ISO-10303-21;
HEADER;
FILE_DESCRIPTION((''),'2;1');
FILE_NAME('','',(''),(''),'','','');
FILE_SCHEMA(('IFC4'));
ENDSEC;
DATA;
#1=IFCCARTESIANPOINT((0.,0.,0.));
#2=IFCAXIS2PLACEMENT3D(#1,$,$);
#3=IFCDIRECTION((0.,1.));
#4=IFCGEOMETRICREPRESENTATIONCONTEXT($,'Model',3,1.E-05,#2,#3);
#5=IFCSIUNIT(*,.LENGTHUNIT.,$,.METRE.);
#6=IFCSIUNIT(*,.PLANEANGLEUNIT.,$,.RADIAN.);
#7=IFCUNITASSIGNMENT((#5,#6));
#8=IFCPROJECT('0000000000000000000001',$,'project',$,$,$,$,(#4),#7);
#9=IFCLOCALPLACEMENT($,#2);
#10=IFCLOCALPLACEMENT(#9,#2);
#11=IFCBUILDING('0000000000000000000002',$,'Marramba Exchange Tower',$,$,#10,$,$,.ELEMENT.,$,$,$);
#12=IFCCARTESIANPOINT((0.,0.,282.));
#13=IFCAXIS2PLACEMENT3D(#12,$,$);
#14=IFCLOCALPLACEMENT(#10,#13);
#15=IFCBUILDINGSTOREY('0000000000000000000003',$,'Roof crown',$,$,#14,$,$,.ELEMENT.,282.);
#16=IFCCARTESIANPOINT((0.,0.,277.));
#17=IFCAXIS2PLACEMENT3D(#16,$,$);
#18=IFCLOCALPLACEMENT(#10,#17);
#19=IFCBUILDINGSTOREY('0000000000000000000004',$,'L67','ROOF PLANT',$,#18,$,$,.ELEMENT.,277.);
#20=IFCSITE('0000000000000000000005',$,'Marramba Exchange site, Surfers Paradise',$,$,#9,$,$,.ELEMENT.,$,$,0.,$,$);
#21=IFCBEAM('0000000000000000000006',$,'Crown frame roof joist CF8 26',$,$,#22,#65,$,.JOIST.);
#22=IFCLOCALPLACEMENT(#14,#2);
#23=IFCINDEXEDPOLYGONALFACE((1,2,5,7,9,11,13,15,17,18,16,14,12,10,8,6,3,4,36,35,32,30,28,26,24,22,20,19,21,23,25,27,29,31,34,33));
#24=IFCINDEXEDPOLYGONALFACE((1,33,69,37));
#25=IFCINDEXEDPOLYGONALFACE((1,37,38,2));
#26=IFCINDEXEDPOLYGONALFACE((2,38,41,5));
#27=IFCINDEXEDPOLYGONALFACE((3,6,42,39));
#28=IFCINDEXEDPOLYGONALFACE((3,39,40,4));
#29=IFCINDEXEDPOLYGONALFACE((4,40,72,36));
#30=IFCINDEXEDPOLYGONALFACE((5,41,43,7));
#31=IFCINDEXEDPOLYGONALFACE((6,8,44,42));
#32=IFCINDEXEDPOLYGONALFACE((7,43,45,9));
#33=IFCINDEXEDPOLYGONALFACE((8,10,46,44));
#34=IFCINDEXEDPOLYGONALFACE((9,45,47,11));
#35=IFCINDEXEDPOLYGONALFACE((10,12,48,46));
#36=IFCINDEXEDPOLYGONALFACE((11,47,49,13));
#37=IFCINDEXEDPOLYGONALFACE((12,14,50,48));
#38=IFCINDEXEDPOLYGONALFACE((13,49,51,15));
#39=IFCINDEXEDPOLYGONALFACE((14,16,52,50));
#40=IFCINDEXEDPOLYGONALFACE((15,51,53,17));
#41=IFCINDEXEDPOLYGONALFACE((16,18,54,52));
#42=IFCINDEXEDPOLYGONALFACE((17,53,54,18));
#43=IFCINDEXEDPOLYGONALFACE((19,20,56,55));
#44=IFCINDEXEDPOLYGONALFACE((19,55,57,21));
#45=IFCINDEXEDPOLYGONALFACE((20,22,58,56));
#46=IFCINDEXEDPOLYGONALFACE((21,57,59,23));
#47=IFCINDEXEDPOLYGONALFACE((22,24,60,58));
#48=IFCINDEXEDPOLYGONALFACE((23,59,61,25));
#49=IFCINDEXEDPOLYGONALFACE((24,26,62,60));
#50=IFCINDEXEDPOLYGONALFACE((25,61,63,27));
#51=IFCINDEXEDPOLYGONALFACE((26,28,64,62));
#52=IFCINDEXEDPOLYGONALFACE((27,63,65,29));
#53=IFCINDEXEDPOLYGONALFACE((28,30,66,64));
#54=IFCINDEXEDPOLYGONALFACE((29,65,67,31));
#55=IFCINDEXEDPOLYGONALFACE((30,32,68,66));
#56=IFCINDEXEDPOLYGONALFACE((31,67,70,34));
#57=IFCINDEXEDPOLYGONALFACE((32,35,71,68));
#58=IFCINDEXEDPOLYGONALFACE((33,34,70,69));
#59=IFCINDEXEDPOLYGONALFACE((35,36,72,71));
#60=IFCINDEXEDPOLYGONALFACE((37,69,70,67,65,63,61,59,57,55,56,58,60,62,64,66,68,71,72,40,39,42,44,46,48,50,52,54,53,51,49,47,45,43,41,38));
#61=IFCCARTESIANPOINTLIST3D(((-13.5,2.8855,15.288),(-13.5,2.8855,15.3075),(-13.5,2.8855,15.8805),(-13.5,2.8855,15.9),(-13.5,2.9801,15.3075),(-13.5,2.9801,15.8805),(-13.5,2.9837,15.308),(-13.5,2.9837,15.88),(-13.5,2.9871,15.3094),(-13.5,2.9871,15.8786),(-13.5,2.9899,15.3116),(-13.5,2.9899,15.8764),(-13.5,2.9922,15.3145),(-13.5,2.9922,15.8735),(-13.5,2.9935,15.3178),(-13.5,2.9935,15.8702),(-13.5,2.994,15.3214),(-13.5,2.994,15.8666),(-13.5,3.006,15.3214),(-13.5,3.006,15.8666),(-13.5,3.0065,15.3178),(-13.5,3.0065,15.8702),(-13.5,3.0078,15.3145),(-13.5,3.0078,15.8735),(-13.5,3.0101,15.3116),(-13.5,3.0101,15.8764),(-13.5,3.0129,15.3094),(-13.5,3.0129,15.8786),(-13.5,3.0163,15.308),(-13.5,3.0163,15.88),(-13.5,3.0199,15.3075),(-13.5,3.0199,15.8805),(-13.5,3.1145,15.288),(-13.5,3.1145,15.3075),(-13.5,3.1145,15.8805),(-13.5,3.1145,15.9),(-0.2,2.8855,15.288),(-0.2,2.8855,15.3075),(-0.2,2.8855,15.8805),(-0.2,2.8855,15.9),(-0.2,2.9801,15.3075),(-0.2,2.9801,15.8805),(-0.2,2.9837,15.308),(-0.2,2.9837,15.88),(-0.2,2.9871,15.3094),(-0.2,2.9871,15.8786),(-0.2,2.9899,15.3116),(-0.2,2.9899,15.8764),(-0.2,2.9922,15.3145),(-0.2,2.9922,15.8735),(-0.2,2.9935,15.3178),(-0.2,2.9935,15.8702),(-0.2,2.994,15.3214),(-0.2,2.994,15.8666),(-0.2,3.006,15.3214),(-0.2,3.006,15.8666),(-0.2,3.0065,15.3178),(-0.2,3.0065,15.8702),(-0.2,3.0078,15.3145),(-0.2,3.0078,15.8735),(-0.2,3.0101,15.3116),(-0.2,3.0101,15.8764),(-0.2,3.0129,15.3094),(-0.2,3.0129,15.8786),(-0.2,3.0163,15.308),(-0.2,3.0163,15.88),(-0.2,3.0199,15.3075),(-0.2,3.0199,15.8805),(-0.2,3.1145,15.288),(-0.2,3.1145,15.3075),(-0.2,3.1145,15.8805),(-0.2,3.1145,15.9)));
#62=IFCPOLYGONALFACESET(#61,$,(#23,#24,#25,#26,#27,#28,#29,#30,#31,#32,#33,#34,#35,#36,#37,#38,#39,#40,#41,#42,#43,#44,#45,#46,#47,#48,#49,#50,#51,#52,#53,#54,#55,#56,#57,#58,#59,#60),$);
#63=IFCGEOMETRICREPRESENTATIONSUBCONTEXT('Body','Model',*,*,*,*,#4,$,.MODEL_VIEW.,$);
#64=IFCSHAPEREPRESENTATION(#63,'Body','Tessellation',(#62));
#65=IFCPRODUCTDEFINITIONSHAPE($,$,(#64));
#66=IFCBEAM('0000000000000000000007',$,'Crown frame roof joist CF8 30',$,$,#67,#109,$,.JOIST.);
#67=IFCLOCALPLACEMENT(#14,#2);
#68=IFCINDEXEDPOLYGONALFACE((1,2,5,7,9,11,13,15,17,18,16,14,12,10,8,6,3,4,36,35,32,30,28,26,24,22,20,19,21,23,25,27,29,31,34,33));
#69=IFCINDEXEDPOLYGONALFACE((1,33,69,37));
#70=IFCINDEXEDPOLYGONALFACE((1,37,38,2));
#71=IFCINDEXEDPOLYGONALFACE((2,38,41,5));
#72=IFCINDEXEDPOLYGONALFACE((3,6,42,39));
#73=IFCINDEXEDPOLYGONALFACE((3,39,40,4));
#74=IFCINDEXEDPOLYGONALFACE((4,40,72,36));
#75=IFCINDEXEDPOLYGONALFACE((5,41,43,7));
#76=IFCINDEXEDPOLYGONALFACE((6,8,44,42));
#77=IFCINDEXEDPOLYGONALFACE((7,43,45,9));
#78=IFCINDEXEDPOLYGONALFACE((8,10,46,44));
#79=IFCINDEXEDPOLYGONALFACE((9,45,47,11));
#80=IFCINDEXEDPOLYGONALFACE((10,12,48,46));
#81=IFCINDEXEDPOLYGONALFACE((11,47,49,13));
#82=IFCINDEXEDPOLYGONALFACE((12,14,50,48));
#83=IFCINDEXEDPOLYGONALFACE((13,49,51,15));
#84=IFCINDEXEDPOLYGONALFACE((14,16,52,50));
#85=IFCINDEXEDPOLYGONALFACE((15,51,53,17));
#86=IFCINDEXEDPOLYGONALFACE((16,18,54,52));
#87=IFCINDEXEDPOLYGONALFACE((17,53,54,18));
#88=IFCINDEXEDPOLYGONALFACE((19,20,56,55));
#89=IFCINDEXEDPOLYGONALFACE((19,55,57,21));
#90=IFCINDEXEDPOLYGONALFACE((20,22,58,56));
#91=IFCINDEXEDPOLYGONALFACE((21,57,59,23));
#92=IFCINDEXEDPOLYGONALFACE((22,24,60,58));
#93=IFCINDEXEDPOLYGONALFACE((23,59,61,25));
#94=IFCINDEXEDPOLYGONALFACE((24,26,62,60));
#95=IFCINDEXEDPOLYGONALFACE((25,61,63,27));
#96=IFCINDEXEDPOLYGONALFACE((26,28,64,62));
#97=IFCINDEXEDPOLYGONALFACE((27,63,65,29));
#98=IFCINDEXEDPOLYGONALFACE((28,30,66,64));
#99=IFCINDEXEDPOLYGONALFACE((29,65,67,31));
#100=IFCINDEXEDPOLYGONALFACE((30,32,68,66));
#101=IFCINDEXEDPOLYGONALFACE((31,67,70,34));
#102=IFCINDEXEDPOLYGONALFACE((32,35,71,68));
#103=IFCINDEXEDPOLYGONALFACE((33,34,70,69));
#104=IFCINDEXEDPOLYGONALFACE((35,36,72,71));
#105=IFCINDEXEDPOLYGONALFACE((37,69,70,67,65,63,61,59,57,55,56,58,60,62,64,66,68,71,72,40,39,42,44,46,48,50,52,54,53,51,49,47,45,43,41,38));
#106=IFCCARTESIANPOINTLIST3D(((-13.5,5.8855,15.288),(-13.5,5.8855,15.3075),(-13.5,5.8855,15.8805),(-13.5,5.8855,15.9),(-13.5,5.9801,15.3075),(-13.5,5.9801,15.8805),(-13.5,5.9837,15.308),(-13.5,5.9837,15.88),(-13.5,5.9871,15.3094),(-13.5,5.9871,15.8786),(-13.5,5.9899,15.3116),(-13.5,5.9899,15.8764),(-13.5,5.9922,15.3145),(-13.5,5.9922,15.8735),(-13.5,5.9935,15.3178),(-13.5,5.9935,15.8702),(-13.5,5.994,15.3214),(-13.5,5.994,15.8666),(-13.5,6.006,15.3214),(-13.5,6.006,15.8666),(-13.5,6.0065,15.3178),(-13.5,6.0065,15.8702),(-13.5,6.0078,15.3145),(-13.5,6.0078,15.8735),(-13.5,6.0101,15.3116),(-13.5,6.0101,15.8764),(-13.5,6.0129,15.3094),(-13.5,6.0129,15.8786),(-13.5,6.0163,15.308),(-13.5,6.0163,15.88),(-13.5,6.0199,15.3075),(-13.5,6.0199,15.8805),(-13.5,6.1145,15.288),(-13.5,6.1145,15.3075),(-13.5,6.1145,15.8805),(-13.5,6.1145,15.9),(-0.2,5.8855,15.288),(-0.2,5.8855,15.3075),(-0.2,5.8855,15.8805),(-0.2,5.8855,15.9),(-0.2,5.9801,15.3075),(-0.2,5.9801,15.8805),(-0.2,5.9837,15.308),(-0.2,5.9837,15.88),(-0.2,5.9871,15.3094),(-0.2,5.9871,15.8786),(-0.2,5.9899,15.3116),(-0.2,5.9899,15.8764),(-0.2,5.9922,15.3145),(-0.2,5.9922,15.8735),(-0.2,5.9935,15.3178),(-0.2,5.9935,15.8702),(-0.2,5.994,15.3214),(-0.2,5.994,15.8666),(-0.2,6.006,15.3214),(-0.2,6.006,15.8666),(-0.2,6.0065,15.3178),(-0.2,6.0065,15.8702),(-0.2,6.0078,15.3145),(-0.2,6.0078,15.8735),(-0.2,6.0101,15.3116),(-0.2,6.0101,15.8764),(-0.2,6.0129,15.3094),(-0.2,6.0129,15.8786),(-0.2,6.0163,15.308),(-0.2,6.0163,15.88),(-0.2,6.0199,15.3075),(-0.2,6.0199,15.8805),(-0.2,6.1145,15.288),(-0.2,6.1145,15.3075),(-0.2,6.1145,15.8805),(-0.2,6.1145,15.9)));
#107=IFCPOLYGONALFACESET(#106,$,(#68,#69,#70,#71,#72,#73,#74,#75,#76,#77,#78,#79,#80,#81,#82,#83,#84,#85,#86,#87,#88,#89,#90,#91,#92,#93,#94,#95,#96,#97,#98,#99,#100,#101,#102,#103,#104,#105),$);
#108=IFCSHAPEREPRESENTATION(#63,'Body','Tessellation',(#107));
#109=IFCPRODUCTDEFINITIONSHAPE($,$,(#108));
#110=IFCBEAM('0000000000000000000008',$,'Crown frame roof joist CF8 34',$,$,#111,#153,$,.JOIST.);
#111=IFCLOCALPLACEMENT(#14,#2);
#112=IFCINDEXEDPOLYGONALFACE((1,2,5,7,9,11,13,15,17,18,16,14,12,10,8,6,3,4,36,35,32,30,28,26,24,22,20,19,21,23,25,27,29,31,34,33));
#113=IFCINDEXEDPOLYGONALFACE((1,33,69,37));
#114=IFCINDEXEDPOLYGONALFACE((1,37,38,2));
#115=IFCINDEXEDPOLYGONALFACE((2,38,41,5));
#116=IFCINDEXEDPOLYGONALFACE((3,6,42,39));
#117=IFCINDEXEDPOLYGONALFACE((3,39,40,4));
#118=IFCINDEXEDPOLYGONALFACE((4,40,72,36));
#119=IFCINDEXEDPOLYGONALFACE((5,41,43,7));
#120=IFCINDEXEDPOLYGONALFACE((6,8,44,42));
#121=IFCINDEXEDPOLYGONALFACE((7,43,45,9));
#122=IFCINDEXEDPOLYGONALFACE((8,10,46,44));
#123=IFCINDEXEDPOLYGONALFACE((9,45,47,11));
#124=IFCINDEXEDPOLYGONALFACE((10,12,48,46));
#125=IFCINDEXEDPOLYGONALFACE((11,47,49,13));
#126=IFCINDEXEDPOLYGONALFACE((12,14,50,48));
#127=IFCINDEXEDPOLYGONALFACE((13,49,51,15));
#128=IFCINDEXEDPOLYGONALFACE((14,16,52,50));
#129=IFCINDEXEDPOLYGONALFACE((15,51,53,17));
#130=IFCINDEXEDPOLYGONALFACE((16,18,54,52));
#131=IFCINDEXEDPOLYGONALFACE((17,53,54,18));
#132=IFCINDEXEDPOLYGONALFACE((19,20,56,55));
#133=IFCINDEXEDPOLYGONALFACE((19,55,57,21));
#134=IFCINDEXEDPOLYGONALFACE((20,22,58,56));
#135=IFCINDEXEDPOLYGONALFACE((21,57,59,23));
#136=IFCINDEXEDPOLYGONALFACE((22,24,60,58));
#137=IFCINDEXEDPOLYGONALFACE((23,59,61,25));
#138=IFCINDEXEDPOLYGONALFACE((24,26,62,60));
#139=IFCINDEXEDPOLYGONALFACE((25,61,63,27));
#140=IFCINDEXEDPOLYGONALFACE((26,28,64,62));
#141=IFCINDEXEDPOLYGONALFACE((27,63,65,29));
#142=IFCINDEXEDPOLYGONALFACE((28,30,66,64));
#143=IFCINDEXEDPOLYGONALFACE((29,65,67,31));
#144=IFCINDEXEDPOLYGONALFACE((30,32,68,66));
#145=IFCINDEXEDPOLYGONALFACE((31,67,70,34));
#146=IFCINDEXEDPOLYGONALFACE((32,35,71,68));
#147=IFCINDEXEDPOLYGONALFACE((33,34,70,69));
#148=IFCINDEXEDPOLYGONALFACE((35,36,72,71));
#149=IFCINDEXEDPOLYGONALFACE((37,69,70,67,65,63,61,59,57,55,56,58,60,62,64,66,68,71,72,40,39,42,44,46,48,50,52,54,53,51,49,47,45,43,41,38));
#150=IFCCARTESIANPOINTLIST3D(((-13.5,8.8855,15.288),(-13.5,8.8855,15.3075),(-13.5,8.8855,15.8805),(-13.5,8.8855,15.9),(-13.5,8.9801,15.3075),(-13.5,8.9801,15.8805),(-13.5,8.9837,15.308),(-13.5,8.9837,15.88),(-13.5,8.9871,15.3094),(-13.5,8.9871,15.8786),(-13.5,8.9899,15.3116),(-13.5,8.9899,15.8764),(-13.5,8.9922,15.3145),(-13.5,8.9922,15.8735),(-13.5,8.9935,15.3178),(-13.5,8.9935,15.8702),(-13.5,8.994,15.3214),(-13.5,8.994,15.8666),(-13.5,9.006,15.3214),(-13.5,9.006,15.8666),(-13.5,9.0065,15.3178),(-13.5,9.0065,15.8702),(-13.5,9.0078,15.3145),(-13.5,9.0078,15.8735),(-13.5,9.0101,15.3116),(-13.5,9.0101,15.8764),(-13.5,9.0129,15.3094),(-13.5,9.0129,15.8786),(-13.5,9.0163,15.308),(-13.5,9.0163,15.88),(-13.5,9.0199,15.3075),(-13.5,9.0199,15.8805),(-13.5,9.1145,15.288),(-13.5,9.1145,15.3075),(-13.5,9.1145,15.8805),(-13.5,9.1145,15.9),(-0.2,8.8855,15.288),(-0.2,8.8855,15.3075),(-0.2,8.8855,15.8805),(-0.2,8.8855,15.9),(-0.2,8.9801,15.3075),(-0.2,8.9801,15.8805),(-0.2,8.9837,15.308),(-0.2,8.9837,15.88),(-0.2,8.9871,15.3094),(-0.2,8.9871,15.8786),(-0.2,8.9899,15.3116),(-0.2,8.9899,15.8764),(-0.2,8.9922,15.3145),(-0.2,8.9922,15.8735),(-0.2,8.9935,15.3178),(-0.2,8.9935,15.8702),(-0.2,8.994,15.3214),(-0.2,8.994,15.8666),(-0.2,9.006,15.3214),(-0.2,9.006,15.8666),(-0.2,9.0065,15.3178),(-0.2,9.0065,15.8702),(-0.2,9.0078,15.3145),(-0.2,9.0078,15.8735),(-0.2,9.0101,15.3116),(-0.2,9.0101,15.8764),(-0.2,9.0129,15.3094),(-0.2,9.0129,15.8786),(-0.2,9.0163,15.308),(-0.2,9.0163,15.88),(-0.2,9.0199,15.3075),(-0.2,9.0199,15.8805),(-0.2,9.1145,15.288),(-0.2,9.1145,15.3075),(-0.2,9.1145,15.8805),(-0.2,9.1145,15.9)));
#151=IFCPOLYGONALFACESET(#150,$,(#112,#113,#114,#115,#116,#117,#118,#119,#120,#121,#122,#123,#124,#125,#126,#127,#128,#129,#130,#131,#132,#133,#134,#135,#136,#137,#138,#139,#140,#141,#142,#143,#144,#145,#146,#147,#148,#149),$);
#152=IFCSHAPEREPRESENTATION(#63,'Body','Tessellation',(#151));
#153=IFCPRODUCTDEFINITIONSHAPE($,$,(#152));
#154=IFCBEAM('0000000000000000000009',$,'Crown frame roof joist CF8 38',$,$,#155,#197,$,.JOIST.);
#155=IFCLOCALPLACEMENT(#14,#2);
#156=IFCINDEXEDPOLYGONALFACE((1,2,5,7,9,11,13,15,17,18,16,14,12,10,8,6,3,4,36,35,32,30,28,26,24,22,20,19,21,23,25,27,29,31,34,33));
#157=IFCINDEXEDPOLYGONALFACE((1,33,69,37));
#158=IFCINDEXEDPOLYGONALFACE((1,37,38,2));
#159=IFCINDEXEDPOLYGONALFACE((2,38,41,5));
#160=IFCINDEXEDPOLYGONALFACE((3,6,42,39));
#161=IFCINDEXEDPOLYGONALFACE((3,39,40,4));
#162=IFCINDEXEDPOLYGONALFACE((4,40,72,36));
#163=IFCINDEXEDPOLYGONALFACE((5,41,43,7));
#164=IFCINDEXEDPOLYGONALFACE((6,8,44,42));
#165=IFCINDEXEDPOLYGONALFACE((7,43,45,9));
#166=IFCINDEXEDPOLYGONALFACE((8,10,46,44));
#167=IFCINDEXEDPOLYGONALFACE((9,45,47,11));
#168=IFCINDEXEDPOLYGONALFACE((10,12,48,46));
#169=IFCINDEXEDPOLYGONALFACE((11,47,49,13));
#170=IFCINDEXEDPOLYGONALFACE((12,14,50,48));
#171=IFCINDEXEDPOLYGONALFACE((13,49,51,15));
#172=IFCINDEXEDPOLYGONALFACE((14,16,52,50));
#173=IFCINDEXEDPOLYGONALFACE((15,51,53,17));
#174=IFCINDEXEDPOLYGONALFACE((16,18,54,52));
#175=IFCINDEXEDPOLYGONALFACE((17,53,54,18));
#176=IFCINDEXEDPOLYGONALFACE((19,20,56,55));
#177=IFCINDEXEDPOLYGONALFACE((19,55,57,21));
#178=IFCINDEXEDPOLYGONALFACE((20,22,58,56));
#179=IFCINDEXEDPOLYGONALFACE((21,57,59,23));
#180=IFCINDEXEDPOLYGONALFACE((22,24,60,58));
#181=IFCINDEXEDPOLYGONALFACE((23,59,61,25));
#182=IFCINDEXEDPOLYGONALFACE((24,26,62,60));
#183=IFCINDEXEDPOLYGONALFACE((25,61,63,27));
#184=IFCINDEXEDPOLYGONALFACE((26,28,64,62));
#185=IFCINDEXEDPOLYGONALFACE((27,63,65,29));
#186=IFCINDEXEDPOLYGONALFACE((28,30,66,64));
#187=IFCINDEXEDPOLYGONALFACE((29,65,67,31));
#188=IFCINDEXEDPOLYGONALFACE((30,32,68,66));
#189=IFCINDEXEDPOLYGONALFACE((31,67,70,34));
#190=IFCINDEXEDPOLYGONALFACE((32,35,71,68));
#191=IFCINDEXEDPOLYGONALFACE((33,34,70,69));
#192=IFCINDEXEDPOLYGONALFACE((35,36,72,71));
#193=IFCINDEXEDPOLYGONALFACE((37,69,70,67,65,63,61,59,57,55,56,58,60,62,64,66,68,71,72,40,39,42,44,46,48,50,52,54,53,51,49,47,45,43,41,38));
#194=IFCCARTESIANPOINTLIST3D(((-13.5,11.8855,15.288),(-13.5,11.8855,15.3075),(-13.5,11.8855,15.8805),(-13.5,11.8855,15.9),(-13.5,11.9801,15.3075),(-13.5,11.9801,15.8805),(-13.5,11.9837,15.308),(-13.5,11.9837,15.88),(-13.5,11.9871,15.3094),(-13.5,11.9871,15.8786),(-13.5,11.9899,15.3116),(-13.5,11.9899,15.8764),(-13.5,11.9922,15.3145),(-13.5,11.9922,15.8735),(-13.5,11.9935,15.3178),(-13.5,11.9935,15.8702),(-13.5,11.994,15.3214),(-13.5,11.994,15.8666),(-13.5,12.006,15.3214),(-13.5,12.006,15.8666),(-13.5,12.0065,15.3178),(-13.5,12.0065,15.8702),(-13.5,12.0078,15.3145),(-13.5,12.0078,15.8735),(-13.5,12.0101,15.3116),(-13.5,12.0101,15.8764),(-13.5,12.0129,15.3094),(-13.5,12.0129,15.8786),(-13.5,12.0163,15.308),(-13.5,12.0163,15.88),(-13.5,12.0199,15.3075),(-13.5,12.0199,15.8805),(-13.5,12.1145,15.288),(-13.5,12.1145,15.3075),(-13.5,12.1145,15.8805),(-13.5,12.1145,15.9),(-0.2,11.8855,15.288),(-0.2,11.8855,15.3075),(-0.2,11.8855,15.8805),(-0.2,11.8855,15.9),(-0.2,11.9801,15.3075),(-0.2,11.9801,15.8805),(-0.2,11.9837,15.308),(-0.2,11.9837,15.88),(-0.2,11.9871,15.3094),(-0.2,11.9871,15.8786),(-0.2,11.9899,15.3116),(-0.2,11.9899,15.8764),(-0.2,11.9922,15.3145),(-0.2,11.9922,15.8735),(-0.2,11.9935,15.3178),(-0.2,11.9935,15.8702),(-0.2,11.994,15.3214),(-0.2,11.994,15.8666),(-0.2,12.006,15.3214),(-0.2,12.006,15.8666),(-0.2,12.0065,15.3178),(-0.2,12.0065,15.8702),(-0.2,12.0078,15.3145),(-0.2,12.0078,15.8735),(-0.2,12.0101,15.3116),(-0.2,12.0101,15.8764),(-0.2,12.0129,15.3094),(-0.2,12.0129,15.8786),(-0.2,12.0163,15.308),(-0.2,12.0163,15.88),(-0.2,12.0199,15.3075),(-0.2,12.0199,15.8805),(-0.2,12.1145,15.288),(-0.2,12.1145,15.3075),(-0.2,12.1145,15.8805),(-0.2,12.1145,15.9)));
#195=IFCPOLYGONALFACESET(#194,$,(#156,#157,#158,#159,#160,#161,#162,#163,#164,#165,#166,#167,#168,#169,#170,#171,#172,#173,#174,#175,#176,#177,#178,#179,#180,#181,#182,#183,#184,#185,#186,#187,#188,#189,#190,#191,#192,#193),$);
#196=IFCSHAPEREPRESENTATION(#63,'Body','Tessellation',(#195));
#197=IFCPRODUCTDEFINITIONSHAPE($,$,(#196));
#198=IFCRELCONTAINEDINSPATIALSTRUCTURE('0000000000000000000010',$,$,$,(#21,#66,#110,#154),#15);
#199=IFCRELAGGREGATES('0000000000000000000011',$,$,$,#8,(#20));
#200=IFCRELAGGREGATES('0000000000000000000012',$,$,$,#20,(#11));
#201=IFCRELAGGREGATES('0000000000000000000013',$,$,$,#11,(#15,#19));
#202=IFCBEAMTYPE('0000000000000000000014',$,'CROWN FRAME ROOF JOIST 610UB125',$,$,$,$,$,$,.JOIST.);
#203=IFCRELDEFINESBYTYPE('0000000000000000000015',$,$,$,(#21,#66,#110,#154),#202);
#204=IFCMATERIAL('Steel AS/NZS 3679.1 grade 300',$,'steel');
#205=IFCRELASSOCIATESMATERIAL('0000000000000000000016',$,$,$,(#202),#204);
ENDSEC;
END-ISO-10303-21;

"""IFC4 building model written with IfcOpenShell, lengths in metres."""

from ifc_helpers import new_model, si_unit, direction, frame, origin, origin_2d, place, context, subcontext, project, spatial, i_section, extrude, material, material_profile, profile_set, type_object, element, save


model = new_model("IFC4")

# Units and contexts
model_context = context("Model", 3, precision=1e-05, world=origin(), true_north=direction((0.0, 1.0)))
body_context = subcontext(model_context, "Body", "Model", "MODEL_VIEW")
ifc_project = project(units=[si_unit("LENGTHUNIT", "METRE"), si_unit("PLANEANGLEUNIT", "RADIAN")], contexts=[model_context])

# Site, building, storey
site_placement = place(None, origin())
site = spatial("IfcSite", under=ifc_project, at=site_placement, Name="Marramba Exchange site, Surfers Paradise", CompositionType="ELEMENT", RefElevation=0.0)
building_placement = place(site_placement, origin())
building = spatial("IfcBuilding", under=site, at=building_placement, Name="Marramba Exchange Tower", CompositionType="ELEMENT")
storey_1_placement = place(building_placement, frame((0.0, 0.0, 282.0)))
storey_1 = spatial("IfcBuildingStorey", under=building, at=storey_1_placement, Name="Roof crown", CompositionType="ELEMENT", Elevation=282.0)

# Beams
ifc_material_1 = material(Name="Steel AS/NZS 3679.1 grade 300", Category="steel")
ifc_material_profile_1 = material_profile(ifc_material_1, i_section(OverallWidth=0.229, OverallDepth=0.6121, WebThickness=0.012, FlangeThickness=0.0195, FilletRadius=0.0139, at=origin_2d()), Name="610UB125")
ifc_profile_set_1 = profile_set([ifc_material_profile_1], Name="Steel AS/NZS 3679.1 grade 300")
beam_type_1 = type_object("IfcBeamType", Name="CROWN FRAME ROOF JOIST 610UB125", PredefinedType="JOIST", material=ifc_profile_set_1)
for number, where, z_axis, x_axis, name in (
    (1, (-13.5, 3.0, 15.594), (1.0, 0.0, 0.0), (0.0, 1.0, 0.0), "Crown frame roof joist CF8 26"),
    (2, (-13.5, 6.0, 15.594), (1.0, 0.0, 0.0), (0.0, 1.0, 0.0), "Crown frame roof joist CF8 30"),
    (3, (-13.5, 9.0, 15.594), (1.0, 0.0, 0.0), (0.0, 1.0, 0.0), "Crown frame roof joist CF8 34"),
    (4, (-13.5, 12.0, 15.594), (1.0, 0.0, 0.0), (0.0, 1.0, 0.0), "Crown frame roof joist CF8 38"),
):
    element("IfcBeam", number, at=place(storey_1_placement, frame(where, z_axis=z_axis, x_axis=x_axis)), inside=storey_1, type_object=beam_type_1, Name=name, PredefinedType="JOIST", context=body_context, shape_type="SweptSolid", body=[
        extrude(i_section(OverallWidth=0.229, OverallDepth=0.6121, WebThickness=0.012, FlangeThickness=0.0195, FilletRadius=0.0139, at=origin_2d()), origin(), (0.0, 0.0, 1.0), 13.3),
    ])

# Shared definitions
storey_2_placement = place(building_placement, frame((0.0, 0.0, 277.0)))
storey_2 = spatial("IfcBuildingStorey", under=building, at=storey_2_placement, Name="L67", Description="ROOF PLANT", CompositionType="ELEMENT", Elevation=277.0)

save(model, "model.ifc")
